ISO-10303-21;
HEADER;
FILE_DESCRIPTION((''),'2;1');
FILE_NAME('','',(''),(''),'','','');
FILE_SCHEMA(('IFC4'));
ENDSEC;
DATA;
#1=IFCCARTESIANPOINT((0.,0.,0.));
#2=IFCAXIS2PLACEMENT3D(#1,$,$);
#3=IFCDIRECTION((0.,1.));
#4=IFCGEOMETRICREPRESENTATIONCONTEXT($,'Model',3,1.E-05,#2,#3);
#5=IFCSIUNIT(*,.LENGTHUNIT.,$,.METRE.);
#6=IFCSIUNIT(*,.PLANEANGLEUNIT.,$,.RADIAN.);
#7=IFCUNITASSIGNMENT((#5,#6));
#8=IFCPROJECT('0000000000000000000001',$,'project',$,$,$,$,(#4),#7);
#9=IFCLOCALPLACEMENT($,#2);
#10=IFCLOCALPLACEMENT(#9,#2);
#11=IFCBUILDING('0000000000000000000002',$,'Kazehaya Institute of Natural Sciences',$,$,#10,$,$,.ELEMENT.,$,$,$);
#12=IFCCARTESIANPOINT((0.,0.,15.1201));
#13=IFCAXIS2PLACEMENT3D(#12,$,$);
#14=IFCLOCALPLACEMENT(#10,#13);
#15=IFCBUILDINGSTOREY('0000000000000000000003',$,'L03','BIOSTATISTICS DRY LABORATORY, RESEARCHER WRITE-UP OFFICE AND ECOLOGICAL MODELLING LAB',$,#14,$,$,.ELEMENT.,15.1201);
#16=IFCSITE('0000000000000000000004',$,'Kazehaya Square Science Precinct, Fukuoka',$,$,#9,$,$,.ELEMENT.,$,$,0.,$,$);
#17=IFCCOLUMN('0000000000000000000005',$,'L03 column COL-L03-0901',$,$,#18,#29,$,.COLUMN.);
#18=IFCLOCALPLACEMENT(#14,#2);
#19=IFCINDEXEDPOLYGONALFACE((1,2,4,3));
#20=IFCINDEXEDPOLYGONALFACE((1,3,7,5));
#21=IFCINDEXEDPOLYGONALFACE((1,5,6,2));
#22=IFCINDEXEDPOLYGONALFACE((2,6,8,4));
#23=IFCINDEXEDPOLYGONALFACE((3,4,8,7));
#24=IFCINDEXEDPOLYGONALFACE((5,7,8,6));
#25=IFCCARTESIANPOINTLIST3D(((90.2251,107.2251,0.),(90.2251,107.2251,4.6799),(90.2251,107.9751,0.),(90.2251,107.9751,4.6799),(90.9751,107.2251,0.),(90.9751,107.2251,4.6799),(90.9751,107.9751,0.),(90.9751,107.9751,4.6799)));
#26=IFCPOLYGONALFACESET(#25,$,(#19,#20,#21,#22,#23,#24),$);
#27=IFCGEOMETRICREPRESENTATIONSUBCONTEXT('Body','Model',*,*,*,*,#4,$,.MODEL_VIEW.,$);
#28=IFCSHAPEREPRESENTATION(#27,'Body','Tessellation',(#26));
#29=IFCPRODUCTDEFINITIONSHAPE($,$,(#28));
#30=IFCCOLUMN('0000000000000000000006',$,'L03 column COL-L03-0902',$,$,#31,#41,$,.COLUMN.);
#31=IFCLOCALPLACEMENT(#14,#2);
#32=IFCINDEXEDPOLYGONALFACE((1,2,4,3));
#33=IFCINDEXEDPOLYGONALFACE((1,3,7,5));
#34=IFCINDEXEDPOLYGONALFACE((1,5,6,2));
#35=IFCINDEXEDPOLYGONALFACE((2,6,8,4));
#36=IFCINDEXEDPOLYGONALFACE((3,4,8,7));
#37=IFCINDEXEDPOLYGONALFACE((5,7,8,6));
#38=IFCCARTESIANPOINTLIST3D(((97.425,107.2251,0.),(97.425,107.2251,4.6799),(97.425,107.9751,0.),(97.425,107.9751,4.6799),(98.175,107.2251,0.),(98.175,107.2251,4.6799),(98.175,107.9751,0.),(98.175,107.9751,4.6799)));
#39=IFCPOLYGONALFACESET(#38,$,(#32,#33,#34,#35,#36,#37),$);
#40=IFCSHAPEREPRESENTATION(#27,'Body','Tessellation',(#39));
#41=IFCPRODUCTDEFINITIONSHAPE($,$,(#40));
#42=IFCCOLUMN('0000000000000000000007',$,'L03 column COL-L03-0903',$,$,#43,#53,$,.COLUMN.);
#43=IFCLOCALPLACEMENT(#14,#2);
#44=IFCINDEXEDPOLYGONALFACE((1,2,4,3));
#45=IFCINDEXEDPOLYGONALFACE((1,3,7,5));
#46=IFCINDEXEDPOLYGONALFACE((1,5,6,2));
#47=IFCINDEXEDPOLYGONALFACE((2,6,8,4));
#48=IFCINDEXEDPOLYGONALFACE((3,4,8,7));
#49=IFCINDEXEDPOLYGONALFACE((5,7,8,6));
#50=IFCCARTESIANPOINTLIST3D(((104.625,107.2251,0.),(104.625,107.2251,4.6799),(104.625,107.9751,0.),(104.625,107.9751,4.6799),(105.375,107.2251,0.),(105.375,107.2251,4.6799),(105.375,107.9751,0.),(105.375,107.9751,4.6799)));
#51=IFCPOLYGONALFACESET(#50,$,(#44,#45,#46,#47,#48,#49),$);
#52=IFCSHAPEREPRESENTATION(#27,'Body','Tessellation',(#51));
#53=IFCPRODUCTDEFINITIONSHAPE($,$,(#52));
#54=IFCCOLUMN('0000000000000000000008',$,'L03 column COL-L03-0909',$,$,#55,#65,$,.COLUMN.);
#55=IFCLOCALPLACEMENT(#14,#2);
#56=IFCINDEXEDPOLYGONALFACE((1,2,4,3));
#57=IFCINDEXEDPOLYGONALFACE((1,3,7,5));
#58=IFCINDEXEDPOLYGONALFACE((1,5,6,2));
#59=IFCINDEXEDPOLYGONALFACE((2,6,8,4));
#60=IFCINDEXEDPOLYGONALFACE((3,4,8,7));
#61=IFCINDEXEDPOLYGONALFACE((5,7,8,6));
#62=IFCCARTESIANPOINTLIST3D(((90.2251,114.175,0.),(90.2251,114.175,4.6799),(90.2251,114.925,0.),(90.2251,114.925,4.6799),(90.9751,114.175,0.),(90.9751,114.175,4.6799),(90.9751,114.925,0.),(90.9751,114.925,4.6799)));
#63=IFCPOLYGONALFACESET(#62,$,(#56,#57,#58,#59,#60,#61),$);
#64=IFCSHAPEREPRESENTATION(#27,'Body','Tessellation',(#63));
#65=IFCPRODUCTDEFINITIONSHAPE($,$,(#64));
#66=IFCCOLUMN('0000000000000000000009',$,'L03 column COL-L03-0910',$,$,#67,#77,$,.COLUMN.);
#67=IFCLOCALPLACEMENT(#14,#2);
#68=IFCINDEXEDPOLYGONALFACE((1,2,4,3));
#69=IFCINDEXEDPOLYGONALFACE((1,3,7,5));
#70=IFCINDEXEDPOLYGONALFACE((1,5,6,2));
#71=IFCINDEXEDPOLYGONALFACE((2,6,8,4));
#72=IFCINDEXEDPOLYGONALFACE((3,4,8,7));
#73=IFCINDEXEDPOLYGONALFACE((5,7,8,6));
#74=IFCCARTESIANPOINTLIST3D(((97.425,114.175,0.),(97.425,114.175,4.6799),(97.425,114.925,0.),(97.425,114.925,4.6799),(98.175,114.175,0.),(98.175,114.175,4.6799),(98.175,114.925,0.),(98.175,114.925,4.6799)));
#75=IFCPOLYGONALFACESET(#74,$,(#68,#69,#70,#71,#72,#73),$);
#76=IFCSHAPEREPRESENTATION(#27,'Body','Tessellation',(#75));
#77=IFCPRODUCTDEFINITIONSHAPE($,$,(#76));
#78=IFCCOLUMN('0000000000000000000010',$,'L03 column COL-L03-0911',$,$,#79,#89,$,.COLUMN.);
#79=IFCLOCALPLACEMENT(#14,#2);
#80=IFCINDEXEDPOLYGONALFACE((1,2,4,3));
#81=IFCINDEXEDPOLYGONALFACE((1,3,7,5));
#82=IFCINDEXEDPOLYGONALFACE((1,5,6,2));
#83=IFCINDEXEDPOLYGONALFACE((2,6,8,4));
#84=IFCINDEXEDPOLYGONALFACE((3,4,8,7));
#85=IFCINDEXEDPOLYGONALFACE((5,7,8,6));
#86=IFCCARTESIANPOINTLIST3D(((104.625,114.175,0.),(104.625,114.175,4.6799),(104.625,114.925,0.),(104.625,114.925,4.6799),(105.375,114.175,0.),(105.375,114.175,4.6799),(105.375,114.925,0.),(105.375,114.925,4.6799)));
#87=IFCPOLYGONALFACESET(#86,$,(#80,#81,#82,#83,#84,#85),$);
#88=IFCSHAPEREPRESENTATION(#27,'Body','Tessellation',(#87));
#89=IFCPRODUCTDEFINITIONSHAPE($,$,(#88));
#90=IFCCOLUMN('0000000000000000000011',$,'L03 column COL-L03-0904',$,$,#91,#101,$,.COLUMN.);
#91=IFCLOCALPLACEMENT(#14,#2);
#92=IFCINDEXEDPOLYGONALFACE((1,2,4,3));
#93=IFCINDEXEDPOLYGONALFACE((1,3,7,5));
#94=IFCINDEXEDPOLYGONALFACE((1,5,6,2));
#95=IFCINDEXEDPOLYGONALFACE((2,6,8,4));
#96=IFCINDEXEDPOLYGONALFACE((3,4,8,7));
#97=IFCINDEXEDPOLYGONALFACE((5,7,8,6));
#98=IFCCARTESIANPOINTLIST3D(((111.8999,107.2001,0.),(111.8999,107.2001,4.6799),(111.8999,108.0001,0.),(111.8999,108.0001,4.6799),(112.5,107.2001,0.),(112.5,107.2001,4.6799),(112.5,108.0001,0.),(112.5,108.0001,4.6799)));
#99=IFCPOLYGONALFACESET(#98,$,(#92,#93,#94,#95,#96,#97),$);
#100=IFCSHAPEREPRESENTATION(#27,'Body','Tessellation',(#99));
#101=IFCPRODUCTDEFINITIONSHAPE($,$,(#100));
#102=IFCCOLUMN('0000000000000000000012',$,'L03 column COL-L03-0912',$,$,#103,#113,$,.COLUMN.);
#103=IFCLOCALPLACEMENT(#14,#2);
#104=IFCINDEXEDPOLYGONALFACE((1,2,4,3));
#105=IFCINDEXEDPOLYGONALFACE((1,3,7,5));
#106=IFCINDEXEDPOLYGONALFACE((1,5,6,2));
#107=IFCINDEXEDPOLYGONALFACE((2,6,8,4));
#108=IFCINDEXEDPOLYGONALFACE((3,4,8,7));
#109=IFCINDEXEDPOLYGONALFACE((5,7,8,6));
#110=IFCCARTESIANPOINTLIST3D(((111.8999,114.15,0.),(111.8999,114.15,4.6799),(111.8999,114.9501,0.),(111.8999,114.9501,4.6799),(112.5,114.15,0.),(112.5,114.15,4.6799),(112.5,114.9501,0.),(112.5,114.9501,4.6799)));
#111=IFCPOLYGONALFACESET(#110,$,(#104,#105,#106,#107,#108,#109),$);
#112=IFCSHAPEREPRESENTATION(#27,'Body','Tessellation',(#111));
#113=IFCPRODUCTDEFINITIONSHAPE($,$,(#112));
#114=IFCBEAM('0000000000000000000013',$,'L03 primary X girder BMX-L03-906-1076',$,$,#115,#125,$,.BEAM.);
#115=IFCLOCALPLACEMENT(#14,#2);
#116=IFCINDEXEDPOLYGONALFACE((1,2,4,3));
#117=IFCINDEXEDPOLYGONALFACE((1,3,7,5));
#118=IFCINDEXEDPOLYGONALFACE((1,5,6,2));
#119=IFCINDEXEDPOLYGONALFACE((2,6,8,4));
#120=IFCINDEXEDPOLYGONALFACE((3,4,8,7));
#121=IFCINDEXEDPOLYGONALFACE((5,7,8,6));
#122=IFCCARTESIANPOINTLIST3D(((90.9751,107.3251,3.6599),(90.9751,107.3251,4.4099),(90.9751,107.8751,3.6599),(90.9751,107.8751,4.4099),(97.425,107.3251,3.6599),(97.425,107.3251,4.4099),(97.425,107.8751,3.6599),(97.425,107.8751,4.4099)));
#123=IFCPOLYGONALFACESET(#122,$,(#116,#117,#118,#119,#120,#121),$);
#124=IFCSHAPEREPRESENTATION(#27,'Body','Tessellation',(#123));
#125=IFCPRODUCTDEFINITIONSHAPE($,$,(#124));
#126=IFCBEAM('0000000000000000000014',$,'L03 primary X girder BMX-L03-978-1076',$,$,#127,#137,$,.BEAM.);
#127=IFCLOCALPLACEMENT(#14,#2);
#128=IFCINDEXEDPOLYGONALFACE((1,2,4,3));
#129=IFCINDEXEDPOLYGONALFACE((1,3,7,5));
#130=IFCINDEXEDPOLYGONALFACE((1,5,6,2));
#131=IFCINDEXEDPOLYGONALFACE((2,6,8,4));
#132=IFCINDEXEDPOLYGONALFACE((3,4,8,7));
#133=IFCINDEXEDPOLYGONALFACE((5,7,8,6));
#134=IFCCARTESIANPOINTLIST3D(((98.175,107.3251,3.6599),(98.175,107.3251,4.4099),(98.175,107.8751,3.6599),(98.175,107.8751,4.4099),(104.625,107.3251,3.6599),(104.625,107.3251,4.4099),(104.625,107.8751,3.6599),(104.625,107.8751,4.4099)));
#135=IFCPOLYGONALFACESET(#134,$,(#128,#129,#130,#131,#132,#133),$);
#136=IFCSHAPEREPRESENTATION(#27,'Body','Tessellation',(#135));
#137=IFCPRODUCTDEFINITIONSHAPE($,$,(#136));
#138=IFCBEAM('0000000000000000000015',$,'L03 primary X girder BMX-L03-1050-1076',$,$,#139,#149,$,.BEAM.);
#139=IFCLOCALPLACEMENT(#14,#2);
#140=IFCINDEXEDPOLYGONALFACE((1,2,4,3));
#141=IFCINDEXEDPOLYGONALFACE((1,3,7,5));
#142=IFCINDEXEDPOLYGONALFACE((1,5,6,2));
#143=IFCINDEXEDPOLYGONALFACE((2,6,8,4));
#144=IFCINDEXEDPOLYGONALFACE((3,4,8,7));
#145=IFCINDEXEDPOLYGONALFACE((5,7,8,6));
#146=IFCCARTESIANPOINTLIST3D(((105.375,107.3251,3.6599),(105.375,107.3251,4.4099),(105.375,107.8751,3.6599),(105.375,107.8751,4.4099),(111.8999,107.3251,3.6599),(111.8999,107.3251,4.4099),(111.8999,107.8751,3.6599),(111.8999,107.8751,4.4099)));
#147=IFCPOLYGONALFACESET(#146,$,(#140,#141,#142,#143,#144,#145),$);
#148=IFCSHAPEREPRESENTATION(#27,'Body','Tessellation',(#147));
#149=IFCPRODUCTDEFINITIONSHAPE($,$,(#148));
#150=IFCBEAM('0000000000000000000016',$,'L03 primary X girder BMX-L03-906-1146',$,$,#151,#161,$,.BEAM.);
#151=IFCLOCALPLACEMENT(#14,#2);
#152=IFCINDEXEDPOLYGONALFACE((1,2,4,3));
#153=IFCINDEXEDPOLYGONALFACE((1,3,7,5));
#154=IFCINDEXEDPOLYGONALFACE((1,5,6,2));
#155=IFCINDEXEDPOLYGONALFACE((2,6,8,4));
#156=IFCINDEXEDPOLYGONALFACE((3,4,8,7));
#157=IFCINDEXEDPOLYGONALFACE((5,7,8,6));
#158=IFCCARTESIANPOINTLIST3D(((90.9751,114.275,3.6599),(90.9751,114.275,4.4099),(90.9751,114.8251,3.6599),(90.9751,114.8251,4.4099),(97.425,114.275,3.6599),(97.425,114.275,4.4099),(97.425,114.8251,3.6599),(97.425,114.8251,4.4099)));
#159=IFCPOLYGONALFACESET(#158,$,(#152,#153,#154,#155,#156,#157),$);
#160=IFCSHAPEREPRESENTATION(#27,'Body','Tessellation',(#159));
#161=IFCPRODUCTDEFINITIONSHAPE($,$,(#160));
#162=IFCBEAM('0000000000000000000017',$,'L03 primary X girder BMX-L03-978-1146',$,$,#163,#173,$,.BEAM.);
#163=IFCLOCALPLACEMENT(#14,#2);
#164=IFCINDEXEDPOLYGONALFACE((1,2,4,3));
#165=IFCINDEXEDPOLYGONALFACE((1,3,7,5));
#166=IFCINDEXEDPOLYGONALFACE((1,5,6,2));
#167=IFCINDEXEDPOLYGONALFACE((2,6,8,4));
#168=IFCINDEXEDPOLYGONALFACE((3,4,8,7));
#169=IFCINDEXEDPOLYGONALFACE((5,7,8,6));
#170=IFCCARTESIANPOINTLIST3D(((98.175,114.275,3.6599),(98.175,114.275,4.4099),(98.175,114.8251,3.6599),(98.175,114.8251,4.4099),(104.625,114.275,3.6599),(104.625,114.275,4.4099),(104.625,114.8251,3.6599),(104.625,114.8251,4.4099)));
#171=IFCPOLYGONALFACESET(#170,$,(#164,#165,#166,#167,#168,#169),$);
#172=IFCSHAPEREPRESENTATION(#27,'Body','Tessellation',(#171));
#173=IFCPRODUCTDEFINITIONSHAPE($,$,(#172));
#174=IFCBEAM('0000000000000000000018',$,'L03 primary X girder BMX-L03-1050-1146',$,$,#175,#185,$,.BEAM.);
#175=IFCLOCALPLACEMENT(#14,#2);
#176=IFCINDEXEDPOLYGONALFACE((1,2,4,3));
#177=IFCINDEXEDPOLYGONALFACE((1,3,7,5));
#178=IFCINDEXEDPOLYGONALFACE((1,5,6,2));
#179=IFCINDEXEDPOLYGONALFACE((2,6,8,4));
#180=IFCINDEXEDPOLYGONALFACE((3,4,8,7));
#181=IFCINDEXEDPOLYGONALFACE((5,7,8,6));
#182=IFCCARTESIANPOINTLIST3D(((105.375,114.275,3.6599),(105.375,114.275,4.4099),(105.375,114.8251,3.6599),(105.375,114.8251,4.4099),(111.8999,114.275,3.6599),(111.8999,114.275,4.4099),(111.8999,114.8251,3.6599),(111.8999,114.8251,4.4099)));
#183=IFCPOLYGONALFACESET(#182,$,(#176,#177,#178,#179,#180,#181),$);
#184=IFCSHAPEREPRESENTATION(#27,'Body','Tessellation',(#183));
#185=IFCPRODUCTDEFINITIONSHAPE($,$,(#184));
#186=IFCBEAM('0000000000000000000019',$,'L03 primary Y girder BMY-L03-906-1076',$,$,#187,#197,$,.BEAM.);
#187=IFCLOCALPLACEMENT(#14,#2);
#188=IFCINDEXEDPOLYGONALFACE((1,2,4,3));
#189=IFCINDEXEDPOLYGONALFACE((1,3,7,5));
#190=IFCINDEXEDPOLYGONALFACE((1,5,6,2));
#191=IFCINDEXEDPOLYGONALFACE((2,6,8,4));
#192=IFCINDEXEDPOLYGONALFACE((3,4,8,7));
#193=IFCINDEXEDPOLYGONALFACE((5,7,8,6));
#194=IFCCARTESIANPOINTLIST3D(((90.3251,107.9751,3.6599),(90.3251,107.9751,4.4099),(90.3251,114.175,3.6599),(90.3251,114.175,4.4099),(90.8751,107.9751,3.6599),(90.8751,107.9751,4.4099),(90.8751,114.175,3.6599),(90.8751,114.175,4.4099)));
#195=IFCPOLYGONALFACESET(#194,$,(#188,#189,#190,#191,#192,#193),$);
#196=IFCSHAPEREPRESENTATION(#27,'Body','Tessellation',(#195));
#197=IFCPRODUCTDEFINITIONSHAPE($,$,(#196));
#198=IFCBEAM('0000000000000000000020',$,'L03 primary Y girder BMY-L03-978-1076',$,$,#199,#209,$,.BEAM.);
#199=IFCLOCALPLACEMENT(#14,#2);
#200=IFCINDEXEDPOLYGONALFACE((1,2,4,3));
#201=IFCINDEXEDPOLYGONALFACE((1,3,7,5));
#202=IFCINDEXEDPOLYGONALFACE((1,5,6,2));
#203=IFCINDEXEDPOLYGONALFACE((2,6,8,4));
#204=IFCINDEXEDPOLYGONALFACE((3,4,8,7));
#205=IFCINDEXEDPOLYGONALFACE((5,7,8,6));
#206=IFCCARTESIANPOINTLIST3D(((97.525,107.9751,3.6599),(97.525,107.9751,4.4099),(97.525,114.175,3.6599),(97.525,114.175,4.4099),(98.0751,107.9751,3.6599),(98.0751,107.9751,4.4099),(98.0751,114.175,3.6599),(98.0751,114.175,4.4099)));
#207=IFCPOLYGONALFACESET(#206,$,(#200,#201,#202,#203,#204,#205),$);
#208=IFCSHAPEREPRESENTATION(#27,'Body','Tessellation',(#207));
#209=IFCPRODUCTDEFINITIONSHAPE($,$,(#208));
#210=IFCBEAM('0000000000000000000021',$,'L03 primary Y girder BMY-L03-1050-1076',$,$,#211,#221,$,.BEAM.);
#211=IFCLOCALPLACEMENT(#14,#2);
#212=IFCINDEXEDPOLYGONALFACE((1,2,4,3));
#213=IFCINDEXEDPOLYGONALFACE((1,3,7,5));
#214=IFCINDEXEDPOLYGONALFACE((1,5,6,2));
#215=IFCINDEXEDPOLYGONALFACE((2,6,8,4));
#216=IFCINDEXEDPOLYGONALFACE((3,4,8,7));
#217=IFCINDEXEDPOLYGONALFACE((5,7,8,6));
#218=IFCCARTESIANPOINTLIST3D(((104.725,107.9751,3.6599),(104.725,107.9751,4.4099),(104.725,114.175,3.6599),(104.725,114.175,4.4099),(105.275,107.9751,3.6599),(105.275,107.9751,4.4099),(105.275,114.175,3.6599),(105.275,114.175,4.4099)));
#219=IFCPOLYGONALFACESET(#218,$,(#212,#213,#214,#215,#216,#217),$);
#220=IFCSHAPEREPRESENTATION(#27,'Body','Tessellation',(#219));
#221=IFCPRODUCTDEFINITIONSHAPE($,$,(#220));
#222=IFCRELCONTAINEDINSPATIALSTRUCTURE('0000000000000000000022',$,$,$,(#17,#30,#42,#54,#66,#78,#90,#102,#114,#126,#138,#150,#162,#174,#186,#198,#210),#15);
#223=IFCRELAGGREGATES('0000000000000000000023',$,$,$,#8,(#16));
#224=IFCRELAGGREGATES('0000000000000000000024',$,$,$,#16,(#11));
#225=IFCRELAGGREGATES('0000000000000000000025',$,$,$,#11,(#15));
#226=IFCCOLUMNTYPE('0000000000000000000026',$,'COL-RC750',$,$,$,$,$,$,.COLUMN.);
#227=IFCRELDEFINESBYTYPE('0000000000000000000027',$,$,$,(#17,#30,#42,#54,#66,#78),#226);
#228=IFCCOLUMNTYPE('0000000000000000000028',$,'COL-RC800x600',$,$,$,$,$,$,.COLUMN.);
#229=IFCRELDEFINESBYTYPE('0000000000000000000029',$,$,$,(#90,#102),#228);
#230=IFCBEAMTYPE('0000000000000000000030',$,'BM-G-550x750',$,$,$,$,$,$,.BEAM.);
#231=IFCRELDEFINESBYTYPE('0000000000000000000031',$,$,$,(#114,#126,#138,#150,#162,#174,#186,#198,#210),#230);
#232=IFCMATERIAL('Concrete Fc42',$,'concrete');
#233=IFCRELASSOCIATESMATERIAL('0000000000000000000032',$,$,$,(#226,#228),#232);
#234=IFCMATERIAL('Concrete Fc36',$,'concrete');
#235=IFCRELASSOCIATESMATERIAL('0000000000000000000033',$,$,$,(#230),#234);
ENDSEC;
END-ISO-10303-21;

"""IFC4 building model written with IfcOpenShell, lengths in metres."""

from ifc_helpers import new_model, si_unit, direction, frame, origin, origin_2d, place, context, subcontext, project, spatial, rectangle, extrude, material, material_profile, profile_set, type_object, element, save


model = new_model("IFC4")

# Units and contexts
model_context = context("Model", 3, precision=1e-05, world=origin(), true_north=direction((0.0, 1.0)))
body_context = subcontext(model_context, "Body", "Model", "MODEL_VIEW")
ifc_project = project(units=[si_unit("LENGTHUNIT", "METRE"), si_unit("PLANEANGLEUNIT", "RADIAN")], contexts=[model_context])

# Site, building, storey
site_placement = place(None, origin())
site = spatial("IfcSite", under=ifc_project, at=site_placement, Name="Kazehaya Square Science Precinct, Fukuoka", CompositionType="ELEMENT", RefElevation=0.0)
building_placement = place(site_placement, origin())
building = spatial("IfcBuilding", under=site, at=building_placement, Name="Kazehaya Institute of Natural Sciences", CompositionType="ELEMENT")
storey_placement = place(building_placement, frame((0.0, 0.0, 15.1201)))
storey = spatial("IfcBuildingStorey", under=building, at=storey_placement, Name="L03", Description="BIOSTATISTICS DRY LABORATORY, RESEARCHER WRITE-UP OFFICE AND ECOLOGICAL MODELLING LAB", CompositionType="ELEMENT", Elevation=15.1201)

# Columns
ifc_material_1 = material(Name="Concrete Fc42", Category="concrete")
ifc_material_profile_1 = material_profile(ifc_material_1, rectangle(XDim=0.75, YDim=0.75, at=origin_2d()), Name="RC-750x750")
ifc_profile_set_1 = profile_set([ifc_material_profile_1], Name="Concrete Fc42")
column_type_1 = type_object("IfcColumnType", Name="COL-RC750", PredefinedType="COLUMN", material=ifc_profile_set_1)
for number, where, z_axis, x_axis, name in (
    (1, (90.6001, 107.6001, 0.0), (0.0, 0.0, 1.0), (1.0, 0.0, 0.0), "L03 column COL-L03-0901"),
    (2, (97.8, 107.6001, 0.0), (0.0, 0.0, 1.0), (1.0, 0.0, 0.0), "L03 column COL-L03-0902"),
    (3, (105.0, 107.6001, 0.0), (0.0, 0.0, 1.0), (1.0, 0.0, 0.0), "L03 column COL-L03-0903"),
    (4, (90.6001, 114.55, 0.0), (0.0, 0.0, 1.0), (1.0, 0.0, 0.0), "L03 column COL-L03-0909"),
    (5, (97.8, 114.55, 0.0), (0.0, 0.0, 1.0), (1.0, 0.0, 0.0), "L03 column COL-L03-0910"),
    (6, (105.0, 114.55, 0.0), (0.0, 0.0, 1.0), (1.0, 0.0, 0.0), "L03 column COL-L03-0911"),
):
    element("IfcColumn", number, at=place(storey_placement, frame(where, z_axis=z_axis, x_axis=x_axis)), inside=storey, type_object=column_type_1, Name=name, PredefinedType="COLUMN", context=body_context, shape_type="SweptSolid", body=[
        extrude(rectangle(XDim=0.75, YDim=0.75, at=origin_2d()), origin(), (0.0, 0.0, 1.0), 4.6799),
    ])
ifc_material_profile_2 = material_profile(ifc_material_1, rectangle(XDim=0.6001, YDim=0.8, at=origin_2d()), Name="RC-800x600")
ifc_profile_set_2 = profile_set([ifc_material_profile_2], Name="Concrete Fc42")
column_type_2 = type_object("IfcColumnType", Name="COL-RC800x600", PredefinedType="COLUMN", material=ifc_profile_set_2)
for number, where, z_axis, x_axis, name in (
    (7, (112.2, 107.6001, 0.0), (0.0, 0.0, 1.0), (1.0, 0.0, 0.0), "L03 column COL-L03-0904"),
    (8, (112.2, 114.55, 0.0), (0.0, 0.0, 1.0), (1.0, 0.0, 0.0), "L03 column COL-L03-0912"),
):
    element("IfcColumn", number, at=place(storey_placement, frame(where, z_axis=z_axis, x_axis=x_axis)), inside=storey, type_object=column_type_2, Name=name, PredefinedType="COLUMN", context=body_context, shape_type="SweptSolid", body=[
        extrude(rectangle(XDim=0.6001, YDim=0.8, at=origin_2d()), origin(), (0.0, 0.0, 1.0), 4.6799),
    ])

# Beams
ifc_material_2 = material(Name="Concrete Fc36", Category="concrete")
ifc_material_profile_3 = material_profile(ifc_material_2, rectangle(XDim=0.55, YDim=0.75, at=origin_2d()), Name="RC-550x750")
ifc_profile_set_3 = profile_set([ifc_material_profile_3], Name="Concrete Fc36")
beam_type = type_object("IfcBeamType", Name="BM-G-550x750", PredefinedType="BEAM", material=ifc_profile_set_3)
for number, where, z_axis, x_axis, name in (
    (9, (90.9751, 107.6001, 4.0349), (1.0, 0.0, 0.0), (0.0, 1.0, 0.0), "L03 primary X girder BMX-L03-906-1076"),
    (10, (98.175, 107.6001, 4.0349), (1.0, 0.0, 0.0), (0.0, 1.0, 0.0), "L03 primary X girder BMX-L03-978-1076"),
):
    element("IfcBeam", number, at=place(storey_placement, frame(where, z_axis=z_axis, x_axis=x_axis)), inside=storey, type_object=beam_type, Name=name, PredefinedType="BEAM", context=body_context, shape_type="SweptSolid", body=[
        extrude(rectangle(XDim=0.55, YDim=0.75, at=origin_2d()), origin(), (0.0, 0.0, 1.0), 6.45),
    ])
beam_1_placement = place(storey_placement, frame((105.375, 107.6001, 4.0349), z_axis=(1.0, 0.0, 0.0), x_axis=(0.0, 1.0, 0.0)))
element("IfcBeam", 11, at=beam_1_placement, inside=storey, type_object=beam_type, Name="L03 primary X girder BMX-L03-1050-1076", PredefinedType="BEAM", context=body_context, shape_type="SweptSolid", body=[
    extrude(rectangle(XDim=0.55, YDim=0.75, at=origin_2d()), origin(), (0.0, 0.0, 1.0), 6.5249),
])
for number, where, z_axis, x_axis, name in (
    (12, (90.9751, 114.55, 4.0349), (1.0, 0.0, 0.0), (0.0, 1.0, 0.0), "L03 primary X girder BMX-L03-906-1146"),
    (13, (98.175, 114.55, 4.0349), (1.0, 0.0, 0.0), (0.0, 1.0, 0.0), "L03 primary X girder BMX-L03-978-1146"),
):
    element("IfcBeam", number, at=place(storey_placement, frame(where, z_axis=z_axis, x_axis=x_axis)), inside=storey, type_object=beam_type, Name=name, PredefinedType="BEAM", context=body_context, shape_type="SweptSolid", body=[
        extrude(rectangle(XDim=0.55, YDim=0.75, at=origin_2d()), origin(), (0.0, 0.0, 1.0), 6.45),
    ])
beam_2_placement = place(storey_placement, frame((105.375, 114.55, 4.0349), z_axis=(1.0, 0.0, 0.0), x_axis=(0.0, 1.0, 0.0)))
element("IfcBeam", 14, at=beam_2_placement, inside=storey, type_object=beam_type, Name="L03 primary X girder BMX-L03-1050-1146", PredefinedType="BEAM", context=body_context, shape_type="SweptSolid", body=[
    extrude(rectangle(XDim=0.55, YDim=0.75, at=origin_2d()), origin(), (0.0, 0.0, 1.0), 6.5249),
])
for number, where, z_axis, x_axis, name in (
    (15, (90.6001, 107.9751, 4.0349), (0.0, 1.0, 0.0), (-1.0, 0.0, 0.0), "L03 primary Y girder BMY-L03-906-1076"),
    (16, (97.8, 107.9751, 4.0349), (0.0, 1.0, 0.0), (-1.0, 0.0, 0.0), "L03 primary Y girder BMY-L03-978-1076"),
    (17, (105.0, 107.9751, 4.0349), (0.0, 1.0, 0.0), (-1.0, 0.0, 0.0), "L03 primary Y girder BMY-L03-1050-1076"),
):
    element("IfcBeam", number, at=place(storey_placement, frame(where, z_axis=z_axis, x_axis=x_axis)), inside=storey, type_object=beam_type, Name=name, PredefinedType="BEAM", context=body_context, shape_type="SweptSolid", body=[
        extrude(rectangle(XDim=0.55, YDim=0.75, at=origin_2d()), origin(), (0.0, 0.0, 1.0), 6.2),
    ])

save(model, "model.ifc")
